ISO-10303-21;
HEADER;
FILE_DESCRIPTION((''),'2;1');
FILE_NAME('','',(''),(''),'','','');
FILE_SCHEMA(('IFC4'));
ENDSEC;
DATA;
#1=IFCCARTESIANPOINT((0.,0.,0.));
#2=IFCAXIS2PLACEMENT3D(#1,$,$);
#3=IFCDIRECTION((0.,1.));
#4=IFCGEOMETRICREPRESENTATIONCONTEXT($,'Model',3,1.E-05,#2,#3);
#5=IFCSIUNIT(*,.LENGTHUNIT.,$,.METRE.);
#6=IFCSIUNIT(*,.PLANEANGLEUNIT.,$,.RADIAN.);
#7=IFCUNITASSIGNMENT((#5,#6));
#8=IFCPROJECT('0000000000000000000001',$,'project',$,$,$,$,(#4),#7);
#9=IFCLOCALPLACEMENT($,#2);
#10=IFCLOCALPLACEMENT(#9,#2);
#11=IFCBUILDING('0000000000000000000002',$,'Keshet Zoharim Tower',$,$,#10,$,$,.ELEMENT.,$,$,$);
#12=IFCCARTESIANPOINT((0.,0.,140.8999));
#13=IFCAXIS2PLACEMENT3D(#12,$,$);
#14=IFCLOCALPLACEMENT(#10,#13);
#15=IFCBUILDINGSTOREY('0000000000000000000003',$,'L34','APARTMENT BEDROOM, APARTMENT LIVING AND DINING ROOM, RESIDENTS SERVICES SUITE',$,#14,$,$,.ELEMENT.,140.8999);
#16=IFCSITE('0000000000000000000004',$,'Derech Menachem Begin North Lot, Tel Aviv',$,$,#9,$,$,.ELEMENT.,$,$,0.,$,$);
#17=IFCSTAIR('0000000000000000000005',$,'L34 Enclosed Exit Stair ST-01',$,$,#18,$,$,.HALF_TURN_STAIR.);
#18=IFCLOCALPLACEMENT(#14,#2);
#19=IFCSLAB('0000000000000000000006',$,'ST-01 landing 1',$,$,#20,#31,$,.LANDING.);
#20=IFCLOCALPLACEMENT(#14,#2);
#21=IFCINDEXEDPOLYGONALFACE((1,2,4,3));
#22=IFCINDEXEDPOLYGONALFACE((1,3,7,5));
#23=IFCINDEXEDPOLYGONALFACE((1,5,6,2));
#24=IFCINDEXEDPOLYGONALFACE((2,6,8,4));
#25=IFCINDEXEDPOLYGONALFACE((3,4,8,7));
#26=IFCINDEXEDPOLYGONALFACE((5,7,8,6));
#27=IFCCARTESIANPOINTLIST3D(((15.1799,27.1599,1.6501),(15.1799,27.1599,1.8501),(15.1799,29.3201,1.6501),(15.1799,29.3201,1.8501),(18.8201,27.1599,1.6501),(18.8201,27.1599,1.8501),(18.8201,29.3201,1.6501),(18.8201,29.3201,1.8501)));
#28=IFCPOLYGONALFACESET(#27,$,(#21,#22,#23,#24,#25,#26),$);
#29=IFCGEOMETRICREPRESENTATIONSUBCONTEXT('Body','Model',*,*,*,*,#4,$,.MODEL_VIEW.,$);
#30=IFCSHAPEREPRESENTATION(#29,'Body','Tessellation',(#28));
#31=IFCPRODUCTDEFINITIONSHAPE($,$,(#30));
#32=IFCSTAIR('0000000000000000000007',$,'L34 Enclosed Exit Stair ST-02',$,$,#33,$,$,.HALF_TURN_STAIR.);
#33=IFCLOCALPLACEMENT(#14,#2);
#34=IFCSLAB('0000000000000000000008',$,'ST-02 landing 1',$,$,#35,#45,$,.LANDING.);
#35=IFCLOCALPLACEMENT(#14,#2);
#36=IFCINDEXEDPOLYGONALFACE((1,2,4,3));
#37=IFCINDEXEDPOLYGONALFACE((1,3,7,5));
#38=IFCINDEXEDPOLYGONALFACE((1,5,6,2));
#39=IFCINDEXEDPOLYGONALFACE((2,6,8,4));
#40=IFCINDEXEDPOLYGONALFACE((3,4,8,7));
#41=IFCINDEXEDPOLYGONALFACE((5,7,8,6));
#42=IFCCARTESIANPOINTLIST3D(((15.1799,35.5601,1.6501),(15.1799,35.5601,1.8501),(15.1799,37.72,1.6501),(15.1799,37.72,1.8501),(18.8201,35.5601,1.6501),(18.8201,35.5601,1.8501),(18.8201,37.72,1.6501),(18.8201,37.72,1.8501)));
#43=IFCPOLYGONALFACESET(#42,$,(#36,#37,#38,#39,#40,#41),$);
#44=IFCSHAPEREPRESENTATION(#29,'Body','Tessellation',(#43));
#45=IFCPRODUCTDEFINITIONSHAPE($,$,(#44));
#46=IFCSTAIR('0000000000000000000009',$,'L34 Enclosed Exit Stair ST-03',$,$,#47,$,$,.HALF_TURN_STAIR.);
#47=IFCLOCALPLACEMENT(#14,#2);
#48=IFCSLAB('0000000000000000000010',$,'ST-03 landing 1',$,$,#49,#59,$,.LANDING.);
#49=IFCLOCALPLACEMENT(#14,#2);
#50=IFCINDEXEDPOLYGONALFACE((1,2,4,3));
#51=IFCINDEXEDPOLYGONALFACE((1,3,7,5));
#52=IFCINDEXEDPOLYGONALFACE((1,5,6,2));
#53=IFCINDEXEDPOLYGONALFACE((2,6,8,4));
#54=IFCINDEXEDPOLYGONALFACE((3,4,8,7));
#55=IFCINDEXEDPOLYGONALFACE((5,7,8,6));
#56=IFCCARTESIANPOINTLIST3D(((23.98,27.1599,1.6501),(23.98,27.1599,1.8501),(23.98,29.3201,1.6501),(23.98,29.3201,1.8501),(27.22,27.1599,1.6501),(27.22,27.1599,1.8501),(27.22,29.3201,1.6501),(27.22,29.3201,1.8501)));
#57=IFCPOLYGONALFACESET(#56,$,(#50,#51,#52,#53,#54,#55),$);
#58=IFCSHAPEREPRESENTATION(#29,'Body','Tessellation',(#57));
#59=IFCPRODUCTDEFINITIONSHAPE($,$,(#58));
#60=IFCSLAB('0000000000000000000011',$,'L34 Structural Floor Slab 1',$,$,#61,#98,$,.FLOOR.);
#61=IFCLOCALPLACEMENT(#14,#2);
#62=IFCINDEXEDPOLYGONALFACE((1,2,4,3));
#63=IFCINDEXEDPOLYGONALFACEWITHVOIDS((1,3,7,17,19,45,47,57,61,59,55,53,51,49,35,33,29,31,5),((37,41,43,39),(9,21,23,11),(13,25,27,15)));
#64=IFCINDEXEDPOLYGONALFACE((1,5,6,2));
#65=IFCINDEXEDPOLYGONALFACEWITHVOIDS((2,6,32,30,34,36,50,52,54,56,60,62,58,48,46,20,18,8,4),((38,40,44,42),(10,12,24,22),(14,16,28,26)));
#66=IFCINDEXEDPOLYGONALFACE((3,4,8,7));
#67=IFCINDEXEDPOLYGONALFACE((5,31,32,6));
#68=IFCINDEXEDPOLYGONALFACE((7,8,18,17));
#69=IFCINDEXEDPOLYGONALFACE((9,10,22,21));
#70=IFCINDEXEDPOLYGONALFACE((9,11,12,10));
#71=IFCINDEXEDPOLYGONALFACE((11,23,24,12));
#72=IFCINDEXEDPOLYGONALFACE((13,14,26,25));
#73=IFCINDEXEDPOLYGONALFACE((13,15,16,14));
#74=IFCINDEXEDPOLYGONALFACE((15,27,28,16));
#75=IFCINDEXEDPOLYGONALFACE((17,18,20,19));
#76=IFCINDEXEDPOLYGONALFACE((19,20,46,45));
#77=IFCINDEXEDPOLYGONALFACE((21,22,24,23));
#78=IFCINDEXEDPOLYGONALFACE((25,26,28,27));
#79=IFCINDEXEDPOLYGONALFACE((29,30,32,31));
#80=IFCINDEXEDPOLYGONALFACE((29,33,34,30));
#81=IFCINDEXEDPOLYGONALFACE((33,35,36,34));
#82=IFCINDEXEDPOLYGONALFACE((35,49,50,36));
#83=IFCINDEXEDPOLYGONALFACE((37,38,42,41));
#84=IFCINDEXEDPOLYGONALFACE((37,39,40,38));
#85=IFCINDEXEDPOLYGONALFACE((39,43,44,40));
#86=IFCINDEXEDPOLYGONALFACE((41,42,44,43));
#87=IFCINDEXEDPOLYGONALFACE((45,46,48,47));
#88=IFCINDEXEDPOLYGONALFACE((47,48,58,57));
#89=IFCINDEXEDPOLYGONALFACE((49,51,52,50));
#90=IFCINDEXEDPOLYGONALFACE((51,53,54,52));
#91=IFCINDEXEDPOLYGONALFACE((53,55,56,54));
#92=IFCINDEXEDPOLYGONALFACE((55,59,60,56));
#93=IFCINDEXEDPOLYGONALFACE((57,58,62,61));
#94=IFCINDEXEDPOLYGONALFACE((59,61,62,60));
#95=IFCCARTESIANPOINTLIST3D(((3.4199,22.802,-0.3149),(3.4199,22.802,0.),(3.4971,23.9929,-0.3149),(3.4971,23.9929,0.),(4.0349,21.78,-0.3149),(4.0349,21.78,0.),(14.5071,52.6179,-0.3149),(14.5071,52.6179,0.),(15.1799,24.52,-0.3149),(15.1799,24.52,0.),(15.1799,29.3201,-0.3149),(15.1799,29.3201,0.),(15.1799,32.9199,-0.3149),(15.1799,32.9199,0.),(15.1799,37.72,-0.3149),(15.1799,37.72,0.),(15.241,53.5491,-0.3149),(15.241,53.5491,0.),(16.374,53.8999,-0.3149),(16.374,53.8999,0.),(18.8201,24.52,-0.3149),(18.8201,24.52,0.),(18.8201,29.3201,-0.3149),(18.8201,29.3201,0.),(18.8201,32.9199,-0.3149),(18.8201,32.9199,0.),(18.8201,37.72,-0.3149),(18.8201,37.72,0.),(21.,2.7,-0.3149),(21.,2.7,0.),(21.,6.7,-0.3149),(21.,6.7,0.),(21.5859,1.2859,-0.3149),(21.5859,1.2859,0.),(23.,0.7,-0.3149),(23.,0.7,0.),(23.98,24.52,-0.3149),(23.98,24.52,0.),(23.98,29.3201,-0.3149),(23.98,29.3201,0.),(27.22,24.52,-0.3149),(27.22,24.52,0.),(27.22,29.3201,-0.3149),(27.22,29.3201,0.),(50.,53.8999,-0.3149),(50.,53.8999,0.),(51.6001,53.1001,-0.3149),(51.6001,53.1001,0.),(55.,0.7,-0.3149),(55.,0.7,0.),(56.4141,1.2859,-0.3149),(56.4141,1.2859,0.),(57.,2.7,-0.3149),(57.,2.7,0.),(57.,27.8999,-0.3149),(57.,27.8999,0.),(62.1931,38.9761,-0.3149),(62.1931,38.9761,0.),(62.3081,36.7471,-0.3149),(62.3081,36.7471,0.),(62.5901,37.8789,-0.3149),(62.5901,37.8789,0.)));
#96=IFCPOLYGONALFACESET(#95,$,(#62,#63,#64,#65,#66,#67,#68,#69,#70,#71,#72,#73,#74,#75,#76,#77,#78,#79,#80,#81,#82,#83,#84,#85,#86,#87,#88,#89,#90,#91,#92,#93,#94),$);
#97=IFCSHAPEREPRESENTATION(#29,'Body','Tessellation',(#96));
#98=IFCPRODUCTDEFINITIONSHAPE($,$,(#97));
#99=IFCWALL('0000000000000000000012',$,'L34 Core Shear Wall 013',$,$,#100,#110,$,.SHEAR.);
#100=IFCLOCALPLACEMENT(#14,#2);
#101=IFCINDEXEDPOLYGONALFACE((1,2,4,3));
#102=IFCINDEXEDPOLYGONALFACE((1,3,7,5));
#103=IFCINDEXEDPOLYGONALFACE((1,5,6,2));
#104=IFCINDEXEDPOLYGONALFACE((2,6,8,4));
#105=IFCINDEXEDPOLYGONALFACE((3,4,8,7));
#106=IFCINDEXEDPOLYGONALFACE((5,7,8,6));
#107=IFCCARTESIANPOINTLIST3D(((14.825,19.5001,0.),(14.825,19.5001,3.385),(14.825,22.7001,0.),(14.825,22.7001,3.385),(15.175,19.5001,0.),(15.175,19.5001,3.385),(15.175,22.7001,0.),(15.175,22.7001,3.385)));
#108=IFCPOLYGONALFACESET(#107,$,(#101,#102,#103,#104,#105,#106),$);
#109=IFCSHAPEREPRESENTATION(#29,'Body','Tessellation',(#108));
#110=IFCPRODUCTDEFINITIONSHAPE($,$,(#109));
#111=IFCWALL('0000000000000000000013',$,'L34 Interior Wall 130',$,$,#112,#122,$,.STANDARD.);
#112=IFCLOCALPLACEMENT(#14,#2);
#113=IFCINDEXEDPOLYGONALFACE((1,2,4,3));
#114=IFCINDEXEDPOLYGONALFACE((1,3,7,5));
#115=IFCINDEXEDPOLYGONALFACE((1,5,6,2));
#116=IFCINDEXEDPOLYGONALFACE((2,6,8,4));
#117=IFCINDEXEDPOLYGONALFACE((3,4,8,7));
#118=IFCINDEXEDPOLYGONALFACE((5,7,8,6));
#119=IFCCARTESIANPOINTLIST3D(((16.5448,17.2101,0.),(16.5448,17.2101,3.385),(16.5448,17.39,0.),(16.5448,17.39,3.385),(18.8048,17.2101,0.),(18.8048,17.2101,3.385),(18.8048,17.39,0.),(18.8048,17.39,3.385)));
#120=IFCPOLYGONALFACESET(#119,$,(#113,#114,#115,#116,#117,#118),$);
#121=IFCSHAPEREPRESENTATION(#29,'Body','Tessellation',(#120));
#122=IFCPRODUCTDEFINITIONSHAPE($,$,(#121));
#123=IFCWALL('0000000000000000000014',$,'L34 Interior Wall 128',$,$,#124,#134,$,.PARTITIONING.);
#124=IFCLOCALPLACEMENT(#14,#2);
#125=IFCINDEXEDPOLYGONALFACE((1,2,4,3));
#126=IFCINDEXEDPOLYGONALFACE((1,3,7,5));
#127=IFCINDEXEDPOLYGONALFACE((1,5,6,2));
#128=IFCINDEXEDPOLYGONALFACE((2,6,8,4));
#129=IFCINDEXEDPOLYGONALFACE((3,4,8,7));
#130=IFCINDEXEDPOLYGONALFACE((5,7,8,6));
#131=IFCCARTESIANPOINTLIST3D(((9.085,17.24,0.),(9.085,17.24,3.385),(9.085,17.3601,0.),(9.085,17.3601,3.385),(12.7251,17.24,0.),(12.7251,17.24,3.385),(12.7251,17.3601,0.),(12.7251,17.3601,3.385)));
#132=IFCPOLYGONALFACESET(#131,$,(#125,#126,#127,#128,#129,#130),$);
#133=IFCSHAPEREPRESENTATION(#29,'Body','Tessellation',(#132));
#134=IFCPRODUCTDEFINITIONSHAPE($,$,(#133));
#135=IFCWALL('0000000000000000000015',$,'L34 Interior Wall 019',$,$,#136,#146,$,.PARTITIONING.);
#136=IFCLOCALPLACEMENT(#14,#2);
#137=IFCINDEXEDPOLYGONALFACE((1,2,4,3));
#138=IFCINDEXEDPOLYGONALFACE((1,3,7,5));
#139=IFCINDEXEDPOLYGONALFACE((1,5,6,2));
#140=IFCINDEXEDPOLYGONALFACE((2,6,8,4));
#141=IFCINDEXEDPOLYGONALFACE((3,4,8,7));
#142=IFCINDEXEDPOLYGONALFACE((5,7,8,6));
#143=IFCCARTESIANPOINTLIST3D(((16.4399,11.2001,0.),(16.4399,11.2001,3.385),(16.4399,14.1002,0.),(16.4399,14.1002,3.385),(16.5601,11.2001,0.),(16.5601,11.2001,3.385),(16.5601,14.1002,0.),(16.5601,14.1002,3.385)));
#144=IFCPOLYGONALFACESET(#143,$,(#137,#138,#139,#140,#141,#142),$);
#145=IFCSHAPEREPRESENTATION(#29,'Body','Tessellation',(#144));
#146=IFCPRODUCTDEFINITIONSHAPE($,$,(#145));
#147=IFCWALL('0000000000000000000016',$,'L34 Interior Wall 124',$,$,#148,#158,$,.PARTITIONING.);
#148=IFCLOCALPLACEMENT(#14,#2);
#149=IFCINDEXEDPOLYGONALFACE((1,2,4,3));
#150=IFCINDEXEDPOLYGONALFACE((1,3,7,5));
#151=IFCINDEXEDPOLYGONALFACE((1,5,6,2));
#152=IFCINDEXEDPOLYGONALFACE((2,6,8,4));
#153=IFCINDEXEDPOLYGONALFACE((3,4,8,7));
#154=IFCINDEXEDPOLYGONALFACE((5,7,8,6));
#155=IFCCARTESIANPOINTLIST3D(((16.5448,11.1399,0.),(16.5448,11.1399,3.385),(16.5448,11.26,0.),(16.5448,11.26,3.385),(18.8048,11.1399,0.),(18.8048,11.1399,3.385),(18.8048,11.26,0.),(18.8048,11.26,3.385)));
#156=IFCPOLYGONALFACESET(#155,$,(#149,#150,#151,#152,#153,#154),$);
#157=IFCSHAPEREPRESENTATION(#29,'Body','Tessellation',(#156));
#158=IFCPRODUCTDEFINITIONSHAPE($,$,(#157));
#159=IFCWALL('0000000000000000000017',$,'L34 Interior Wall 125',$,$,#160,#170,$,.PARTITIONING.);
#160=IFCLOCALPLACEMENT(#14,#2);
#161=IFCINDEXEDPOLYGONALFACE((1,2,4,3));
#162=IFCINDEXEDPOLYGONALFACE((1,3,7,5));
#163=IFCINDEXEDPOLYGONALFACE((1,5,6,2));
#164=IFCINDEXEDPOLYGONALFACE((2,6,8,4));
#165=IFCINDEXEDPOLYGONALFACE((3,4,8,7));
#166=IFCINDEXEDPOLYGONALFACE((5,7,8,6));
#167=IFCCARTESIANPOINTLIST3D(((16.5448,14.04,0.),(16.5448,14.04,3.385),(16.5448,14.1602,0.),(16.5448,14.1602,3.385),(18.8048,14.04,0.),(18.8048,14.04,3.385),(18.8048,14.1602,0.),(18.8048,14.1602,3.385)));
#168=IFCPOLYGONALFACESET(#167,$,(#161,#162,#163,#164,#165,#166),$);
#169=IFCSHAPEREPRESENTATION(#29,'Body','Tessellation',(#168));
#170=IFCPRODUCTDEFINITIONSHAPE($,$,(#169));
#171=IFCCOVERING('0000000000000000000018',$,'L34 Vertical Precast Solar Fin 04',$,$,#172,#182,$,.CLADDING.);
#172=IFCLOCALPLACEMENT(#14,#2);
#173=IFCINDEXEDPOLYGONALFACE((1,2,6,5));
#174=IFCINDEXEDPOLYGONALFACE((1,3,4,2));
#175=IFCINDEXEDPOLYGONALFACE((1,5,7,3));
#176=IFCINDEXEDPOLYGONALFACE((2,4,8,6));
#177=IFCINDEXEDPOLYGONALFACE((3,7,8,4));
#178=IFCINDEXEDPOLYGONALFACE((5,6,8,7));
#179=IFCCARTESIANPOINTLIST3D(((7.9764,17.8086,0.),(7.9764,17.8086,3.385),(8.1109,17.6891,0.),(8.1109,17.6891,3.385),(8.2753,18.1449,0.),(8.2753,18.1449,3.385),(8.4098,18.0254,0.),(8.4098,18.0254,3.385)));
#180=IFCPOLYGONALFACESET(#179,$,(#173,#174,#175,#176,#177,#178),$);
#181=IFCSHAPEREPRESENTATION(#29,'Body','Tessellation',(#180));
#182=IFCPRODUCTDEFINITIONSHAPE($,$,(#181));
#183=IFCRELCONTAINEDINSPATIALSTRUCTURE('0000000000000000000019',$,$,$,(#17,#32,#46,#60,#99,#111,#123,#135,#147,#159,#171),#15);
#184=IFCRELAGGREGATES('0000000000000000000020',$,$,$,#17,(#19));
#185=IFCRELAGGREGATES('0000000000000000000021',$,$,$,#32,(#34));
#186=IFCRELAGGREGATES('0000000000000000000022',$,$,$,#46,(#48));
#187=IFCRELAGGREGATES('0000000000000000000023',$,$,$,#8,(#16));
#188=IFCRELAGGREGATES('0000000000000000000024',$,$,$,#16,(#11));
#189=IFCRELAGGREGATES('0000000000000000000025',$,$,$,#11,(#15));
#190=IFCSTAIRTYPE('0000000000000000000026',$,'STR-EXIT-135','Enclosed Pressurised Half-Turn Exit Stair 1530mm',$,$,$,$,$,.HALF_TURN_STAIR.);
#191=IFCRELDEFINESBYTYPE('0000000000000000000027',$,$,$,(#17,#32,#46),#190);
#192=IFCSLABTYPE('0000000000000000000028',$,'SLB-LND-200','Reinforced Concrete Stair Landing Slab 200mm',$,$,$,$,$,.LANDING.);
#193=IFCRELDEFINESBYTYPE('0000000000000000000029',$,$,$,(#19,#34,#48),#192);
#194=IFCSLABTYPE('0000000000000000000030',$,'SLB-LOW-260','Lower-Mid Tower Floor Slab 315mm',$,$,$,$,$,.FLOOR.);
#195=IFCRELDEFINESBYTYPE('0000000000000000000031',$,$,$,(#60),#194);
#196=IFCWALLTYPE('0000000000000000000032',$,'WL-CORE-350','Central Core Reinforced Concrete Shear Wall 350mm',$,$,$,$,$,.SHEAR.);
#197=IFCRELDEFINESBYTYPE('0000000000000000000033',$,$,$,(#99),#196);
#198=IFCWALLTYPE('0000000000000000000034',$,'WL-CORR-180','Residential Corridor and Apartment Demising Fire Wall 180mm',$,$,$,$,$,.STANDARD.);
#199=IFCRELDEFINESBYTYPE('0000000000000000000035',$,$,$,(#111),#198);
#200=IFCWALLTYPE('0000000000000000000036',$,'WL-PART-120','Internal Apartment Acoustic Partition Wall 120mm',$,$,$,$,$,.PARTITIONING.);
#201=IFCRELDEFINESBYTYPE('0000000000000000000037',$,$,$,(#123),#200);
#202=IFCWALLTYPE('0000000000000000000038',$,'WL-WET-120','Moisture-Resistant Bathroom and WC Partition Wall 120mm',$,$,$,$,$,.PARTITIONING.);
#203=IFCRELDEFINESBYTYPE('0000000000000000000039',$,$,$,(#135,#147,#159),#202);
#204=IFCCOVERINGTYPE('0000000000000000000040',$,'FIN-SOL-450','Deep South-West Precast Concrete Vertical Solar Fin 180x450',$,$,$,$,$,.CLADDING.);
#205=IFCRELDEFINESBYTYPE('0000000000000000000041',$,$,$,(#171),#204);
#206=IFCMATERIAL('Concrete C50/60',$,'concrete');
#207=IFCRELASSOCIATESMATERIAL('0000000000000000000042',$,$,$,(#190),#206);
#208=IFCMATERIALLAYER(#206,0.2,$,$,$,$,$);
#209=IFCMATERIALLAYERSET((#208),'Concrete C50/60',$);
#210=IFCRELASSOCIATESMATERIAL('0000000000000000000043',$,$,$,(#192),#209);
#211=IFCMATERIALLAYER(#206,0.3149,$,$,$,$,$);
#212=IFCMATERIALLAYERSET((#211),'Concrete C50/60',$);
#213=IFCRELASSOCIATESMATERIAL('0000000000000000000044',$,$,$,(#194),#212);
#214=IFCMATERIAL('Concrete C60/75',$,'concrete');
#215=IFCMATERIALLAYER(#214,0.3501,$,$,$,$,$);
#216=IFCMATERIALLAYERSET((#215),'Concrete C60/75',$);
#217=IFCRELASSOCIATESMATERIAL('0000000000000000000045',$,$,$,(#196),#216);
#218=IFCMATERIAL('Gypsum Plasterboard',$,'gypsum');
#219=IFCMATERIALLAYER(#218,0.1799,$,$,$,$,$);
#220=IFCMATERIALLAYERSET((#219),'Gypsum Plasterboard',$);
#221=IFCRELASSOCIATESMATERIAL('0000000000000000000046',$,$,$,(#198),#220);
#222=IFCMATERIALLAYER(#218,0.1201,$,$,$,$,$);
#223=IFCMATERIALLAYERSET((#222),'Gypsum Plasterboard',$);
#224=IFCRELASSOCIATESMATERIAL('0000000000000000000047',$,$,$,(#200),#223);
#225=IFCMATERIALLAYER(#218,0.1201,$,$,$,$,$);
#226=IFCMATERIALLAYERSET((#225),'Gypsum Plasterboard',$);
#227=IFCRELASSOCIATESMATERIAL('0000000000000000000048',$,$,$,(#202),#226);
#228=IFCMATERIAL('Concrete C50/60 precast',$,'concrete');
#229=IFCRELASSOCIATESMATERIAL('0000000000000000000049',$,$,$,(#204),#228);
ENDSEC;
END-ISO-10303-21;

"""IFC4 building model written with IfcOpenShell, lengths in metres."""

from ifc_helpers import new_model, si_unit, direction, frame, frame_2d, origin, origin_2d, place, context, subcontext, project, spatial, polyline, rectangle, outline, extrude, material, layer, layer_set, type_object, element, aggregate, save


model = new_model("IFC4")

# Units and contexts
model_context = context("Model", 3, precision=1e-05, world=origin(), true_north=direction((0.0, 1.0)))
body_context = subcontext(model_context, "Body", "Model", "MODEL_VIEW")
ifc_project = project(units=[si_unit("LENGTHUNIT", "METRE"), si_unit("PLANEANGLEUNIT", "RADIAN")], contexts=[model_context])

# Site, building, storey
site_placement = place(None, origin())
site = spatial("IfcSite", under=ifc_project, at=site_placement, Name="Derech Menachem Begin North Lot, Tel Aviv", CompositionType="ELEMENT", RefElevation=0.0)
building_placement = place(site_placement, origin())
building = spatial("IfcBuilding", under=site, at=building_placement, Name="Keshet Zoharim Tower", CompositionType="ELEMENT")
storey_placement = place(building_placement, frame((0.0, 0.0, 140.8999)))
storey = spatial("IfcBuildingStorey", under=building, at=storey_placement, Name="L34", Description="APARTMENT BEDROOM, APARTMENT LIVING AND DINING ROOM, RESIDENTS SERVICES SUITE", CompositionType="ELEMENT", Elevation=140.8999)

# Shared definitions
ifc_material_1 = material(Name="Concrete C60/75", Category="concrete")

# Stairs, slabs
ifc_material_2 = material(Name="Concrete C50/60", Category="concrete")
stair_type = type_object("IfcStairType", Name="STR-EXIT-135", Description="Enclosed Pressurised Half-Turn Exit Stair 1530mm", PredefinedType="HALF_TURN_STAIR", material=ifc_material_2)
stair_1_placement = place(storey_placement, origin())
stair_1 = element("IfcStair", 1, at=stair_1_placement, inside=storey, type_object=stair_type, Name="L34 Enclosed Exit Stair ST-01", PredefinedType="HALF_TURN_STAIR")
ifc_layer_1 = layer(ifc_material_2, 0.2)
ifc_layer_set_1 = layer_set([ifc_layer_1], Name="Concrete C50/60")
slab_type_1 = type_object("IfcSlabType", Name="SLB-LND-200", Description="Reinforced Concrete Stair Landing Slab 200mm", PredefinedType="LANDING", material=ifc_layer_set_1)
slab_1_placement = place(storey_placement, frame((0.0, 0.0, 1.6501)))
slab_1 = element("IfcSlab", 2, at=slab_1_placement, type_object=slab_type_1, Name="ST-01 landing 1", PredefinedType="LANDING", context=body_context, shape_type="SweptSolid", body=[
    extrude(outline(polyline([(15.1799, 27.1599), (18.8201, 27.1599), (18.8201, 29.3201), (15.1799, 29.3201), (15.1799, 27.1599)])), origin(), (0.0, 0.0, 1.0), 0.2),
])
aggregate(stair_1, [slab_1])
stair_2_placement = place(storey_placement, origin())
stair_2 = element("IfcStair", 3, at=stair_2_placement, inside=storey, type_object=stair_type, Name="L34 Enclosed Exit Stair ST-02", PredefinedType="HALF_TURN_STAIR")
slab_2_placement = place(storey_placement, frame((0.0, 0.0, 1.6501)))
slab_2 = element("IfcSlab", 4, at=slab_2_placement, type_object=slab_type_1, Name="ST-02 landing 1", PredefinedType="LANDING", context=body_context, shape_type="SweptSolid", body=[
    extrude(outline(polyline([(15.1799, 35.5601), (18.8201, 35.5601), (18.8201, 37.72), (15.1799, 37.72), (15.1799, 35.5601)])), origin(), (0.0, 0.0, 1.0), 0.2),
])
aggregate(stair_2, [slab_2])
stair_3_placement = place(storey_placement, origin())
stair_3 = element("IfcStair", 5, at=stair_3_placement, inside=storey, type_object=stair_type, Name="L34 Enclosed Exit Stair ST-03", PredefinedType="HALF_TURN_STAIR")
slab_3_placement = place(storey_placement, frame((0.0, 0.0, 1.6501)))
slab_3 = element("IfcSlab", 6, at=slab_3_placement, type_object=slab_type_1, Name="ST-03 landing 1", PredefinedType="LANDING", context=body_context, shape_type="SweptSolid", body=[
    extrude(outline(polyline([(23.98, 27.1599), (27.22, 27.1599), (27.22, 29.3201), (23.98, 29.3201), (23.98, 27.1599)])), origin(), (0.0, 0.0, 1.0), 0.2),
])
aggregate(stair_3, [slab_3])

# Slab
ifc_layer_2 = layer(ifc_material_2, 0.3149)
ifc_layer_set_2 = layer_set([ifc_layer_2], Name="Concrete C50/60")
slab_type_2 = type_object("IfcSlabType", Name="SLB-LOW-260", Description="Lower-Mid Tower Floor Slab 315mm", PredefinedType="FLOOR", material=ifc_layer_set_2)
slab_4_placement = place(storey_placement, frame((0.0, 0.0, -0.3149)))
element("IfcSlab", 7, at=slab_4_placement, inside=storey, type_object=slab_type_2, Name="L34 Structural Floor Slab 1", PredefinedType="FLOOR", context=body_context, shape_type="SweptSolid", body=[
    extrude(outline(polyline([(57.0, 2.7), (56.4141, 1.2859), (55.0, 0.7), (23.0, 0.7), (21.5859, 1.2859), (21.0, 2.7), (21.0, 6.7), (4.0349, 21.78), (3.4199, 22.802), (3.4971, 23.9929), (14.5071, 52.6179), (15.241, 53.5491), (16.374, 53.8999), (50.0, 53.8999), (51.6001, 53.1001), (62.1931, 38.9761), (62.5901, 37.8789), (62.3081, 36.7471), (57.0, 27.8999), (57.0, 2.7)]), holes=[polyline([(15.1799, 24.52), (18.8201, 24.52), (18.8201, 29.3201), (15.1799, 29.3201), (15.1799, 24.52)]), polyline([(15.1799, 32.9199), (18.8201, 32.9199), (18.8201, 37.72), (15.1799, 37.72), (15.1799, 32.9199)]), polyline([(23.98, 24.52), (27.22, 24.52), (27.22, 29.3201), (23.98, 29.3201), (23.98, 24.52)])]), origin(), (0.0, 0.0, 1.0), 0.3149),
])

# Wall
ifc_layer_3 = layer(ifc_material_1, 0.3501)
ifc_layer_set_3 = layer_set([ifc_layer_3], Name="Concrete C60/75")
wall_type_1 = type_object("IfcWallType", Name="WL-CORE-350", Description="Central Core Reinforced Concrete Shear Wall 350mm", PredefinedType="SHEAR", material=ifc_layer_set_3)
wall_1_placement = place(storey_placement, frame((15.0, 19.5, 0.0), z_axis=(0.0, 0.0, 1.0), x_axis=(0.0, 1.0, 0.0)))
element("IfcWall", 8, at=wall_1_placement, inside=storey, type_object=wall_type_1, Name="L34 Core Shear Wall 013", PredefinedType="SHEAR", context=body_context, shape_type="SweptSolid", body=[
    extrude(rectangle(XDim=3.2, YDim=0.3501, at=frame_2d((1.6001, 0.0))), origin(), (0.0, 0.0, 1.0), 3.385),
])

# Shared definitions
ifc_material_3 = material(Name="Gypsum Plasterboard", Category="gypsum")
ifc_layer_4 = layer(ifc_material_3, 0.1799)
ifc_layer_set_4 = layer_set([ifc_layer_4], Name="Gypsum Plasterboard")
wall_type_2 = type_object("IfcWallType", Name="WL-CORR-180", Description="Residential Corridor and Apartment Demising Fire Wall 180mm", PredefinedType="STANDARD", material=ifc_layer_set_4)

# Wall
wall_2_placement = place(storey_placement, frame((16.5449, 17.3, 0.0), z_axis=(0.0, 0.0, 1.0), x_axis=(1.0, 0.0, 0.0)))
element("IfcWall", 9, at=wall_2_placement, inside=storey, type_object=wall_type_2, Name="L34 Interior Wall 130", PredefinedType="STANDARD", context=body_context, shape_type="SweptSolid", body=[
    extrude(rectangle(XDim=2.26, YDim=0.1799, at=frame_2d((1.1299, 0.0))), origin(), (0.0, 0.0, 1.0), 3.385),
])

# Shared definitions
ifc_layer_5 = layer(ifc_material_3, 0.1201)
ifc_layer_set_5 = layer_set([ifc_layer_5], Name="Gypsum Plasterboard")
wall_type_3 = type_object("IfcWallType", Name="WL-PART-120", Description="Internal Apartment Acoustic Partition Wall 120mm", PredefinedType="PARTITIONING", material=ifc_layer_set_5)

# Walls
wall_3_placement = place(storey_placement, frame((9.085, 17.3, 0.0), z_axis=(0.0, 0.0, 1.0), x_axis=(1.0, 0.0, 0.0)))
element("IfcWall", 10, at=wall_3_placement, inside=storey, type_object=wall_type_3, Name="L34 Interior Wall 128", PredefinedType="PARTITIONING", context=body_context, shape_type="SweptSolid", body=[
    extrude(rectangle(XDim=3.6401, YDim=0.1201, at=frame_2d((1.8201, 0.0))), origin(), (0.0, 0.0, 1.0), 3.385),
])
ifc_layer_6 = layer(ifc_material_3, 0.1201)
ifc_layer_set_6 = layer_set([ifc_layer_6], Name="Gypsum Plasterboard")
wall_type_4 = type_object("IfcWallType", Name="WL-WET-120", Description="Moisture-Resistant Bathroom and WC Partition Wall 120mm", PredefinedType="PARTITIONING", material=ifc_layer_set_6)
wall_4_placement = place(storey_placement, frame((16.5, 11.2, 0.0), z_axis=(0.0, 0.0, 1.0), x_axis=(0.0, 1.0, 0.0)))
element("IfcWall", 11, at=wall_4_placement, inside=storey, type_object=wall_type_4, Name="L34 Interior Wall 019", PredefinedType="PARTITIONING", context=body_context, shape_type="SweptSolid", body=[
    extrude(rectangle(XDim=2.9001, YDim=0.1201, at=frame_2d((1.4502, 0.0))), origin(), (0.0, 0.0, 1.0), 3.385),
])
for number, where, z_axis, x_axis, name in (
    (12, (16.5449, 11.2, 0.0), (0.0, 0.0, 1.0), (1.0, 0.0, 0.0), "L34 Interior Wall 124"),
    (13, (16.5449, 14.1001, 0.0), (0.0, 0.0, 1.0), (1.0, 0.0, 0.0), "L34 Interior Wall 125"),
):
    element("IfcWall", number, at=place(storey_placement, frame(where, z_axis=z_axis, x_axis=x_axis)), inside=storey, type_object=wall_type_4, Name=name, PredefinedType="PARTITIONING", context=body_context, shape_type="SweptSolid", body=[
        extrude(rectangle(XDim=2.26, YDim=0.1201, at=frame_2d((1.1299, 0.0))), origin(), (0.0, 0.0, 1.0), 3.385),
    ])

# Covering
ifc_material_4 = material(Name="Concrete C50/60 precast", Category="concrete")
covering_type = type_object("IfcCoveringType", Name="FIN-SOL-450", Description="Deep South-West Precast Concrete Vertical Solar Fin 180x450", PredefinedType="CLADDING", material=ifc_material_4)
covering_placement = place(storey_placement, frame((8.1931, 17.917, 0.0), z_axis=(0.0, 0.0, 1.0), x_axis=(-0.747409, 0.664364, 0.0)))
element("IfcCovering", 14, at=covering_placement, inside=storey, type_object=covering_type, Name="L34 Vertical Precast Solar Fin 04", PredefinedType="CLADDING", context=body_context, shape_type="SweptSolid", body=[
    extrude(rectangle(XDim=0.1799, YDim=0.45, at=origin_2d()), origin(), (0.0, 0.0, 1.0), 3.385),
])

save(model, "model.ifc")
